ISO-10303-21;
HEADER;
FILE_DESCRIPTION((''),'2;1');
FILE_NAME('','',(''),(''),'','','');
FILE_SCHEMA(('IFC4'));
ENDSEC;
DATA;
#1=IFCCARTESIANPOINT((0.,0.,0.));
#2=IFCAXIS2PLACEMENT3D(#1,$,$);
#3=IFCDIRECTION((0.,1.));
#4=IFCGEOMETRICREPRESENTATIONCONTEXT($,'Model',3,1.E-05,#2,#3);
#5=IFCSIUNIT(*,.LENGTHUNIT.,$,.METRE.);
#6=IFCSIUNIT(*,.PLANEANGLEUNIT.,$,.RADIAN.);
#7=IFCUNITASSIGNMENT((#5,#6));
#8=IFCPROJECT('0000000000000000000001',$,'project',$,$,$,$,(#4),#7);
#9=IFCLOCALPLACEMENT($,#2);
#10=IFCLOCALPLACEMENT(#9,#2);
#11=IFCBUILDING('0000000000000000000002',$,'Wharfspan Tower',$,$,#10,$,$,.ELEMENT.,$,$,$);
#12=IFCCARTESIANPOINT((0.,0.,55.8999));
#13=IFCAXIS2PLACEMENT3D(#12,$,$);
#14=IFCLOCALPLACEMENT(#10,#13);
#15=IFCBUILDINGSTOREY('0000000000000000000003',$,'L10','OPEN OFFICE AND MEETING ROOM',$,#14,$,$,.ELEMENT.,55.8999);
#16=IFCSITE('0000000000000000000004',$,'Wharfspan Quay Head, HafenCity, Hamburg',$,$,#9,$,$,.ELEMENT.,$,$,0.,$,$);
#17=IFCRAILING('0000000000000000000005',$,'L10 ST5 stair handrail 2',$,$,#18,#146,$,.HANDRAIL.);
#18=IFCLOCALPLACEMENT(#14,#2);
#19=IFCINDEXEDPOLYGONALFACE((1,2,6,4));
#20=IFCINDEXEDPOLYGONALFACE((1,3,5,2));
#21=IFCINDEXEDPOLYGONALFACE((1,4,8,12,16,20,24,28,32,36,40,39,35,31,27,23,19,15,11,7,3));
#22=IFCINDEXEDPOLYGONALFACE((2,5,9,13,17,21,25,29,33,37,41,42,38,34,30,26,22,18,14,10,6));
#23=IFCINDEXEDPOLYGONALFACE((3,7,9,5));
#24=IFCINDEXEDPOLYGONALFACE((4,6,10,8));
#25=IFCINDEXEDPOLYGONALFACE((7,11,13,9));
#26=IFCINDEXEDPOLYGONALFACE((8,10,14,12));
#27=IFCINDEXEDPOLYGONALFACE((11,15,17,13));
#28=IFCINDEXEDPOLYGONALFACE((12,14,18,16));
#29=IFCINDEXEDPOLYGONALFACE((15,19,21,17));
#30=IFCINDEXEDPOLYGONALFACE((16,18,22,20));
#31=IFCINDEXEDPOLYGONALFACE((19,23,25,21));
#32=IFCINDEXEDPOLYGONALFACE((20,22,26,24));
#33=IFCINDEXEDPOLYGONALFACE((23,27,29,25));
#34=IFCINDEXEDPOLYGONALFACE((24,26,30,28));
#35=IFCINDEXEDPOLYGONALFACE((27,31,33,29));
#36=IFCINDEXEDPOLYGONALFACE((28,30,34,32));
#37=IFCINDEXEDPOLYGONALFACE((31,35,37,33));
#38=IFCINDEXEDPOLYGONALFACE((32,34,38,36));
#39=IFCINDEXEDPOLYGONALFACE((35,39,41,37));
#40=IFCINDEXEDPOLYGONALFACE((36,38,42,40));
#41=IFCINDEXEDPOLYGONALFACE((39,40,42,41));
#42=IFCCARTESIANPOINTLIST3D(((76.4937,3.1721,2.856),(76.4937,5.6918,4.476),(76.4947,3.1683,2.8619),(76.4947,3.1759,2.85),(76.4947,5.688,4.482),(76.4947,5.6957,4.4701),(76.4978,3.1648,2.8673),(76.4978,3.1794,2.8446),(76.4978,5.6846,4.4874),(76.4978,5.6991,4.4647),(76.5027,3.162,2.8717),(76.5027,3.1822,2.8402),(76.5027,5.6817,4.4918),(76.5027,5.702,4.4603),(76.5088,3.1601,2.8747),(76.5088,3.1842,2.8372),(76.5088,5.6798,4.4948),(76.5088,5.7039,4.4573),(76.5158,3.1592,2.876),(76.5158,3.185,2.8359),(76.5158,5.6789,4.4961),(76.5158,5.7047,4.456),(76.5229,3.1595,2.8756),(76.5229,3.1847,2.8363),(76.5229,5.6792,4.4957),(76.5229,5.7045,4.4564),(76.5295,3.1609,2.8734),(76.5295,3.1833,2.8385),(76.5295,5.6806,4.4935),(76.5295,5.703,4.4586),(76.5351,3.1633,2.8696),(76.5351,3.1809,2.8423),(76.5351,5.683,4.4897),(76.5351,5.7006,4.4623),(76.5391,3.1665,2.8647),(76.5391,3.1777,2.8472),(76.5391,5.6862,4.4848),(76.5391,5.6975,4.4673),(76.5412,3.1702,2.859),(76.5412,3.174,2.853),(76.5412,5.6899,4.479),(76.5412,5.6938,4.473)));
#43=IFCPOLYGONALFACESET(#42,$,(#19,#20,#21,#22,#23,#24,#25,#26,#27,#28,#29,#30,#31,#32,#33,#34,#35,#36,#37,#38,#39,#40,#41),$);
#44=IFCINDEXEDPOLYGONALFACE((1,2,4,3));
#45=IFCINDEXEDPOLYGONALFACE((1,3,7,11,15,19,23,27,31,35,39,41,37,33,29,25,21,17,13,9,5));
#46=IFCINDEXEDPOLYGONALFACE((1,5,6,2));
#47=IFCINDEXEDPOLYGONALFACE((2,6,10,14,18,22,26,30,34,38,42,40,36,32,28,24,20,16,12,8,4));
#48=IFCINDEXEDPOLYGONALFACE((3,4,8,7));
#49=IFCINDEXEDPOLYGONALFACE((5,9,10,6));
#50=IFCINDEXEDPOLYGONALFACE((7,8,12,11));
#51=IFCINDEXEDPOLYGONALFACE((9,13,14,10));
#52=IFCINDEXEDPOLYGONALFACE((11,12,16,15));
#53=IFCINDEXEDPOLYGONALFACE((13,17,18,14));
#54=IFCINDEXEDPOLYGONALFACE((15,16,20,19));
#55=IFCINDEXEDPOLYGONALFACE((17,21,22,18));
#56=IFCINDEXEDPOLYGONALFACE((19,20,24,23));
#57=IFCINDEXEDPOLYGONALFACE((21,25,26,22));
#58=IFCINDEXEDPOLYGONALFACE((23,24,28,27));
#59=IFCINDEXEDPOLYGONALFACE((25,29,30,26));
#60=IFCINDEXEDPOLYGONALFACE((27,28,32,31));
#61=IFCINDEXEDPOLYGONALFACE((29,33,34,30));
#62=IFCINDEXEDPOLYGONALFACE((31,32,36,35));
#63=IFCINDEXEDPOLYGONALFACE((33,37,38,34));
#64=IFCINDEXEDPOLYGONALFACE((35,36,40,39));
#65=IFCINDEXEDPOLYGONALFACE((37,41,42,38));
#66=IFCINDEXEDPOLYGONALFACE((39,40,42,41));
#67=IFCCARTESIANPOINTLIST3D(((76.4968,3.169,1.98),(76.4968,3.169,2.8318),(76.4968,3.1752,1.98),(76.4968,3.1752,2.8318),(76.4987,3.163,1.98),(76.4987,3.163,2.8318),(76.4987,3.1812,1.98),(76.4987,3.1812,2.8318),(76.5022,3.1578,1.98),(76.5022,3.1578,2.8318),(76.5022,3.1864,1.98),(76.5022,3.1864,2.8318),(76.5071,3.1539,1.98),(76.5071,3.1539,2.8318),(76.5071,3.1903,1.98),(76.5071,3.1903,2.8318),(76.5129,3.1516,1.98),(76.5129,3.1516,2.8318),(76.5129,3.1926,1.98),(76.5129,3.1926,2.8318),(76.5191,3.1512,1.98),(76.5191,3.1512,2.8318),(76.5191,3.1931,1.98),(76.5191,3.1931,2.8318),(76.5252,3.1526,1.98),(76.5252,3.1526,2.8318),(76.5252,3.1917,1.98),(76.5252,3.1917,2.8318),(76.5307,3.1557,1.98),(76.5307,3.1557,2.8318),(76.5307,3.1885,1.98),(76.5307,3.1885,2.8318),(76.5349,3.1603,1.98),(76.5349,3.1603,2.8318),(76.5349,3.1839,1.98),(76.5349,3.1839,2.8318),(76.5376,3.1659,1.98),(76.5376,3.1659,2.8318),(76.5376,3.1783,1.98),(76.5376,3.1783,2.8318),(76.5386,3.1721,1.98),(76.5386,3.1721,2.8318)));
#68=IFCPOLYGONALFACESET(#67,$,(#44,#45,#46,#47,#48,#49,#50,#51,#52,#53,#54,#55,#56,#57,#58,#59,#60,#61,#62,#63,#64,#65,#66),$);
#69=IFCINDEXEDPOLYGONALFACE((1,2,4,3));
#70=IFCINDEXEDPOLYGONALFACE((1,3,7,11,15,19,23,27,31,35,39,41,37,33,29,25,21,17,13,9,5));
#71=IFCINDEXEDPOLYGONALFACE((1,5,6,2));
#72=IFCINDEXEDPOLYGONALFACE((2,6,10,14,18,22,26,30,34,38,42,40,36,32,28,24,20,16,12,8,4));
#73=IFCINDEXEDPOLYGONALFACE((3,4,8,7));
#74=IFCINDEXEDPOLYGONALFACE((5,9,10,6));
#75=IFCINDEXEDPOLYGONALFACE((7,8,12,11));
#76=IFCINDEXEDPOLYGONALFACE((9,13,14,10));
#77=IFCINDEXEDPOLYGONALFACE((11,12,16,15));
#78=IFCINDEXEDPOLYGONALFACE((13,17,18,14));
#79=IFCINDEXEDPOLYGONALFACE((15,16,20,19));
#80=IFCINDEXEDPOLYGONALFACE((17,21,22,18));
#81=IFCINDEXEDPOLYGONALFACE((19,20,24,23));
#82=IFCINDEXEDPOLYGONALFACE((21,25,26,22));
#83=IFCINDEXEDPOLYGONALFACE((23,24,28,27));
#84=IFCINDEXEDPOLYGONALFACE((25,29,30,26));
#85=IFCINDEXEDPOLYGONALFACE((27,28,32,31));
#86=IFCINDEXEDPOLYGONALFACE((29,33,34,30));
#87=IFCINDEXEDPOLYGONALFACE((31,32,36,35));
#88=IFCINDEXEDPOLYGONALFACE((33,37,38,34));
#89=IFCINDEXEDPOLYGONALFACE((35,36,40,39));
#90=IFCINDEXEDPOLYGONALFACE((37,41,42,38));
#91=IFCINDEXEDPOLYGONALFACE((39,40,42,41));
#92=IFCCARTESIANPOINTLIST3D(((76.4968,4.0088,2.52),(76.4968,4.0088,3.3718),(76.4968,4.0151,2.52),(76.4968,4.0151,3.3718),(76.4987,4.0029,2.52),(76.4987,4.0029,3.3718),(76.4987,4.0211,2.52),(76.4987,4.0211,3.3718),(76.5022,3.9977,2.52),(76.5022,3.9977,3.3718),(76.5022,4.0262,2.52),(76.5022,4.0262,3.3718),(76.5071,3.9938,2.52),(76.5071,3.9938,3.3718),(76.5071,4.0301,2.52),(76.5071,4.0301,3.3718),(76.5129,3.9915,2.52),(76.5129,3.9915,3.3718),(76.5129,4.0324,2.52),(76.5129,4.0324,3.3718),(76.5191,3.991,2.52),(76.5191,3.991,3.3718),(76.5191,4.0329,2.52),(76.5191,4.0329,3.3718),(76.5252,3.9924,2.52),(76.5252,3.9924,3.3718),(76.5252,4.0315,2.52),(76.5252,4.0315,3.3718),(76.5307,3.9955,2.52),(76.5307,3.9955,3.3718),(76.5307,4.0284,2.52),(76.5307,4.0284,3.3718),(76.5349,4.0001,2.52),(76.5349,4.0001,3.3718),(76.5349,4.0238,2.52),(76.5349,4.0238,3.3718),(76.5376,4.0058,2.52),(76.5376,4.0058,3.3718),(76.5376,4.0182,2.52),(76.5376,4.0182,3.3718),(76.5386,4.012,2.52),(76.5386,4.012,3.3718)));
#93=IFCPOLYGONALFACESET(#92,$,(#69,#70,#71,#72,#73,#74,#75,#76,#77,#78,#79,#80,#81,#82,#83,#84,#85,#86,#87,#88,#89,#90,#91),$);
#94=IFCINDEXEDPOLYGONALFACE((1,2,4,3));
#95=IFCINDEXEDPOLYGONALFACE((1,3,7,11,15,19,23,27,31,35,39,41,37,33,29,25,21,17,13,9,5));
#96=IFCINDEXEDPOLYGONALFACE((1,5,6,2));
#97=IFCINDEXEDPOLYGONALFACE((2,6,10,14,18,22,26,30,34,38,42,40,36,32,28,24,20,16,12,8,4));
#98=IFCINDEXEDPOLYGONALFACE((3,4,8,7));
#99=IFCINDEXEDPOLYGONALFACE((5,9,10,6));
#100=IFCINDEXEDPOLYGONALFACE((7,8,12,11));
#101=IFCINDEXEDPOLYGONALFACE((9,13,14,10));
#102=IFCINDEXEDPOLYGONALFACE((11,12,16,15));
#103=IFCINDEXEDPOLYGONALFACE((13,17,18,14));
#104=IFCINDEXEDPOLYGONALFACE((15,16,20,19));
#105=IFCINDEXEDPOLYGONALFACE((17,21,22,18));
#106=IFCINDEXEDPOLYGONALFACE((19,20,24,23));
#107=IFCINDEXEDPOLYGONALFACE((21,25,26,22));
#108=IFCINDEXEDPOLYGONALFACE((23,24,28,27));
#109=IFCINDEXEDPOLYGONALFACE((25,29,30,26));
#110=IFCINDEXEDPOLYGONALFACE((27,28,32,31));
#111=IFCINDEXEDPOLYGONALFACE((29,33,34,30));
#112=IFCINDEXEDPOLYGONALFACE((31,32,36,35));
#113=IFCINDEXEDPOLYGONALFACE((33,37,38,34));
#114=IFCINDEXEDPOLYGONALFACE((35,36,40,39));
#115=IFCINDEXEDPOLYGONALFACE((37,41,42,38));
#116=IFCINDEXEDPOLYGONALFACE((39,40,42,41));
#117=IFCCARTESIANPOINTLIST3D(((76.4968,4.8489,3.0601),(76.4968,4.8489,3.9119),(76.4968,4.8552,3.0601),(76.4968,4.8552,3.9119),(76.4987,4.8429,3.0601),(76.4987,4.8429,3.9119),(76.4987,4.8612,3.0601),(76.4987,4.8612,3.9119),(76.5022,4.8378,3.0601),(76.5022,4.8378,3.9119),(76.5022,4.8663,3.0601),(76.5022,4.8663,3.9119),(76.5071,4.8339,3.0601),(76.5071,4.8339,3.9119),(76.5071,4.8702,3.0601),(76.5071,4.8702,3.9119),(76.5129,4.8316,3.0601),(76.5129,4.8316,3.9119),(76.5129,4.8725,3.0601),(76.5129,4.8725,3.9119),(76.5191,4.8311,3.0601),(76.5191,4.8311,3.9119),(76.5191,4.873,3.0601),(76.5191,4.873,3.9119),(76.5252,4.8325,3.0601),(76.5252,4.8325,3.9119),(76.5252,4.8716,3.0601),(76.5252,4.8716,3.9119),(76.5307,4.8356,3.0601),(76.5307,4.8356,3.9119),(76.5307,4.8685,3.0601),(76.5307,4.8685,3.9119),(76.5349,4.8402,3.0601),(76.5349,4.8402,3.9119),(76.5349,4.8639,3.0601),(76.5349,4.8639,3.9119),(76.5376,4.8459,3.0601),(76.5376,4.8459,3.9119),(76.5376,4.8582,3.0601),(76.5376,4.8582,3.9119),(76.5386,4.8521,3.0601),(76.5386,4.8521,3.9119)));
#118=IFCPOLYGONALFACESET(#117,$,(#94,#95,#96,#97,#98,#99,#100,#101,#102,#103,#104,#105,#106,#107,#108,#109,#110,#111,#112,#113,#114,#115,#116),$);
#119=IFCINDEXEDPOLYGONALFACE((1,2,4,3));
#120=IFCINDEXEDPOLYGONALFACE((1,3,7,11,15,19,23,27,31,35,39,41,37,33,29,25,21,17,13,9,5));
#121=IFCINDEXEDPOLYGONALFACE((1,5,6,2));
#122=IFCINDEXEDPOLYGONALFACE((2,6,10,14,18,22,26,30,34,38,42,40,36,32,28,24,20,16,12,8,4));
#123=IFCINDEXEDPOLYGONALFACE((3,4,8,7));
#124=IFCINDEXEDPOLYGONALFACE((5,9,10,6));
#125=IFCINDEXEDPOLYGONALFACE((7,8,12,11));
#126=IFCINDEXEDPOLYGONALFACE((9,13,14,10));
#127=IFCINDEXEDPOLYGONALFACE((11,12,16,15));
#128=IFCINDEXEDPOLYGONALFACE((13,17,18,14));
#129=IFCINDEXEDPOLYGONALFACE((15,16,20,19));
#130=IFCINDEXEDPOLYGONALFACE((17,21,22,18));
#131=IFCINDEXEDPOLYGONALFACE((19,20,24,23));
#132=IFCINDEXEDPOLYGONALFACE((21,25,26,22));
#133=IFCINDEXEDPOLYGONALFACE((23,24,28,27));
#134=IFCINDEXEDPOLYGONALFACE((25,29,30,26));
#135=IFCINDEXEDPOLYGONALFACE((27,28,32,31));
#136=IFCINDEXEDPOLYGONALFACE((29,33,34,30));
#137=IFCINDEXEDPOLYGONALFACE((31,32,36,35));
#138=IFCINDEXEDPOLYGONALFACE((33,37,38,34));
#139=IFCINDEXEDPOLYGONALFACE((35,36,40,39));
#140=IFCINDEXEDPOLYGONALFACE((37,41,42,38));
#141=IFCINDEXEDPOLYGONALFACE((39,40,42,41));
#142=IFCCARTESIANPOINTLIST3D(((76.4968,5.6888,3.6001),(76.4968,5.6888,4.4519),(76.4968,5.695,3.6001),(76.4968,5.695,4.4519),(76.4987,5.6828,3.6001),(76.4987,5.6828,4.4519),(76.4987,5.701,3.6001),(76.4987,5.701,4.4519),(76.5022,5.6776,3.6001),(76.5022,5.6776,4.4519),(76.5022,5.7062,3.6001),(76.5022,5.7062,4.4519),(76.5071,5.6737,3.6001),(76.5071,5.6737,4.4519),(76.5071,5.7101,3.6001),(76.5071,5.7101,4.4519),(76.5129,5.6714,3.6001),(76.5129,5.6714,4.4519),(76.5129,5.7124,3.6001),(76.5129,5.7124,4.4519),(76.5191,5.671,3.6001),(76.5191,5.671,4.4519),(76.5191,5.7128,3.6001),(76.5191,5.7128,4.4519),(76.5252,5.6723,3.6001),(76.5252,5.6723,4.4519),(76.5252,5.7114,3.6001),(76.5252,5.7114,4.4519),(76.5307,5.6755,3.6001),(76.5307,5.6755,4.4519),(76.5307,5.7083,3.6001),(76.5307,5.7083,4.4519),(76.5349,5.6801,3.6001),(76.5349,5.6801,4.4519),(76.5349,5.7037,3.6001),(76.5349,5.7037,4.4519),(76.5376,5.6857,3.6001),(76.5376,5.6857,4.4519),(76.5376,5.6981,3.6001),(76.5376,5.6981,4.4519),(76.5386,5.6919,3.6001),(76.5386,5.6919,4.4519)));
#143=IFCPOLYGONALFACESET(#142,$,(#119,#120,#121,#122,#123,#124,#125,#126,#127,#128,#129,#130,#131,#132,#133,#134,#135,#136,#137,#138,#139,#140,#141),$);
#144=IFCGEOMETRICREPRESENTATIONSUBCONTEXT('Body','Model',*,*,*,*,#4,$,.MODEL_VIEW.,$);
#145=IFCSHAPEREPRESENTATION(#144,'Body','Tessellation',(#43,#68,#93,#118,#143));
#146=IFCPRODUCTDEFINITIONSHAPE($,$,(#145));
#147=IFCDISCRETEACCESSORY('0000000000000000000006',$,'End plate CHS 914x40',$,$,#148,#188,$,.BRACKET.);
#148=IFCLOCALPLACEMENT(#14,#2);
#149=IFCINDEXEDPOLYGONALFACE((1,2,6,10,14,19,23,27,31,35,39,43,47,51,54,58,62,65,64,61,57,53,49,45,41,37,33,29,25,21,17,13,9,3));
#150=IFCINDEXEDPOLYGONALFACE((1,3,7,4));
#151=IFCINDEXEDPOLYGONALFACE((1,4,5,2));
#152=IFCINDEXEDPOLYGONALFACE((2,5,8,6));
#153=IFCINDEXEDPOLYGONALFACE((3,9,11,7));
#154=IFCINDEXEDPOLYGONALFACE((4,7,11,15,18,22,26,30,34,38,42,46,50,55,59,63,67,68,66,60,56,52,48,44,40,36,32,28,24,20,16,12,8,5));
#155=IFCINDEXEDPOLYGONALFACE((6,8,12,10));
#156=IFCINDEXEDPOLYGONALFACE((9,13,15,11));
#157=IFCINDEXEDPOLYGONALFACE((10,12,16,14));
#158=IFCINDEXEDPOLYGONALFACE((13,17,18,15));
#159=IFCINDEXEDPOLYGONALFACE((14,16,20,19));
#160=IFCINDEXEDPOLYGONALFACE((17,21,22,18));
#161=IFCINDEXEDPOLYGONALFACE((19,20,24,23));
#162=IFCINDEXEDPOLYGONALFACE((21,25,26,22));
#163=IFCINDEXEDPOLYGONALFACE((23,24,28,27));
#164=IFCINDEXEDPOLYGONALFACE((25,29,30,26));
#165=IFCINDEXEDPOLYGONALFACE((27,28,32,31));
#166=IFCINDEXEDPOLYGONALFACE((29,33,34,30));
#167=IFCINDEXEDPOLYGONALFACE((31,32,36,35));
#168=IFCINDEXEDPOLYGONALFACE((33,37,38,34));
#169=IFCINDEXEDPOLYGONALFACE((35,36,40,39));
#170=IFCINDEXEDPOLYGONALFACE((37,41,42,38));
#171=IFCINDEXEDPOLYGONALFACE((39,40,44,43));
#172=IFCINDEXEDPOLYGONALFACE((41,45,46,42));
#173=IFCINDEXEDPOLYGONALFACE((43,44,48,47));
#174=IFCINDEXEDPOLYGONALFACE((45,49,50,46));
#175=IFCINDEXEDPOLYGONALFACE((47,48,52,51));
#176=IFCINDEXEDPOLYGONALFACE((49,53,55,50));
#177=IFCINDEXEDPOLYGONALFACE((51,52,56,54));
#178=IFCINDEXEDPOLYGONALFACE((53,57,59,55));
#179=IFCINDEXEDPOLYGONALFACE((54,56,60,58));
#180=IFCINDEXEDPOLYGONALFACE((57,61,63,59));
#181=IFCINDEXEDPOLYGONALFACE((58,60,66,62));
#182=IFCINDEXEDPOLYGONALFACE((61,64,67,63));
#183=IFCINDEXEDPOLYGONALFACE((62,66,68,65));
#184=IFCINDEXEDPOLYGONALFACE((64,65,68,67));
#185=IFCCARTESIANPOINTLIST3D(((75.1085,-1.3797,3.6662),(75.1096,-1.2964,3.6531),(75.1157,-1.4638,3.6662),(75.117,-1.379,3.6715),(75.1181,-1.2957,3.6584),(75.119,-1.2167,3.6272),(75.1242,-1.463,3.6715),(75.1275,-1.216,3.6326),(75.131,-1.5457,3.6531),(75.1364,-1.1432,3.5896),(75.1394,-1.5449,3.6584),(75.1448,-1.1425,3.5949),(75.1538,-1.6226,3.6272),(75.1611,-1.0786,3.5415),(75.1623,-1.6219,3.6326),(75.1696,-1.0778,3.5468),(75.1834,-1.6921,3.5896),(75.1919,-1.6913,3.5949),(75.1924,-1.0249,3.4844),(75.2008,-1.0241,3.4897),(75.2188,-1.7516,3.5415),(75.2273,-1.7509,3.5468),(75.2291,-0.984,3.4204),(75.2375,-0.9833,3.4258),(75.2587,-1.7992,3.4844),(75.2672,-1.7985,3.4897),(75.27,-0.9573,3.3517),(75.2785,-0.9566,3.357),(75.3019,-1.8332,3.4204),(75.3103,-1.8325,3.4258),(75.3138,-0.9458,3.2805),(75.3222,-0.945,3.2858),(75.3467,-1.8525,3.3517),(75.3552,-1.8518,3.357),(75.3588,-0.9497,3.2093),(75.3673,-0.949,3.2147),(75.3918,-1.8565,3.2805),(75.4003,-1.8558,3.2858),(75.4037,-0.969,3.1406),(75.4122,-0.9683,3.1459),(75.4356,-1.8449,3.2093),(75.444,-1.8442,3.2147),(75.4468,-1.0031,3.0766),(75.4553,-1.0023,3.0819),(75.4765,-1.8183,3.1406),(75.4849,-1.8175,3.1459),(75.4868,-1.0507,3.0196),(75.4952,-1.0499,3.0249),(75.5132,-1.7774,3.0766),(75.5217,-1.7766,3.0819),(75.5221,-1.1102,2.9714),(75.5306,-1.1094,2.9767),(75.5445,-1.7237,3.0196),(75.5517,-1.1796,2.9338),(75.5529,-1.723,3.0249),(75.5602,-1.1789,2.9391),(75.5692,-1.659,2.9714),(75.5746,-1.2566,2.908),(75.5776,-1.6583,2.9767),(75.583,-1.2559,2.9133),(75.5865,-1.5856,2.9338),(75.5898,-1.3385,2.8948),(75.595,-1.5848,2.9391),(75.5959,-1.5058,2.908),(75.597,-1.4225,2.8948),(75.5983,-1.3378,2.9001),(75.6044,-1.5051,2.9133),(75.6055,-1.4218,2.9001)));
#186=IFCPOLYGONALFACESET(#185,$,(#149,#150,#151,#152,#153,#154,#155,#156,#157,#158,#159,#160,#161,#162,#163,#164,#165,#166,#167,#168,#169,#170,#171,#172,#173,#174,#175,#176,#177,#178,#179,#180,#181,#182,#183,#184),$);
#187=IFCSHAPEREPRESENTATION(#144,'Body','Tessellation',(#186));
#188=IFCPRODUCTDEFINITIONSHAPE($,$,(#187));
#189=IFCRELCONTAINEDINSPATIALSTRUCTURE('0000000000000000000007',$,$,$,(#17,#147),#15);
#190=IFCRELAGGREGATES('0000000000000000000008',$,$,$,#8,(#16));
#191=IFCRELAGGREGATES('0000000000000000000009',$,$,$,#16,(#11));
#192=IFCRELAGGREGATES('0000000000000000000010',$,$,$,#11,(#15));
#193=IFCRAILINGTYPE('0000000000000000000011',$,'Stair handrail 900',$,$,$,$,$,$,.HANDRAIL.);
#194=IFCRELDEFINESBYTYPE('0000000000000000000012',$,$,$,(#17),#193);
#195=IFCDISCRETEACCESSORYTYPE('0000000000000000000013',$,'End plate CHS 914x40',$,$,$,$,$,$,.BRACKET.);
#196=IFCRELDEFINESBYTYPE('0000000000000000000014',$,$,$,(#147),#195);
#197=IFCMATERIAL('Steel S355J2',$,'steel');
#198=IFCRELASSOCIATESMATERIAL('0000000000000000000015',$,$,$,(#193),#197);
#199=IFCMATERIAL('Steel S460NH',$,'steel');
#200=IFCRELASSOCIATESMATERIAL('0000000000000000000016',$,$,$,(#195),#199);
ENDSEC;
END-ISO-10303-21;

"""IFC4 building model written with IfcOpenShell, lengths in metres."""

from ifc_helpers import new_model, si_unit, direction, frame, origin, origin_2d, place, context, subcontext, project, spatial, circle, extrude, material, material_profile, profile_set, type_object, element, save


model = new_model("IFC4")

# Units and contexts
model_context = context("Model", 3, precision=1e-05, world=origin(), true_north=direction((0.0, 1.0)))
body_context = subcontext(model_context, "Body", "Model", "MODEL_VIEW")
ifc_project = project(units=[si_unit("LENGTHUNIT", "METRE"), si_unit("PLANEANGLEUNIT", "RADIAN")], contexts=[model_context])

# Site, building, storey
site_placement = place(None, origin())
site = spatial("IfcSite", under=ifc_project, at=site_placement, Name="Wharfspan Quay Head, HafenCity, Hamburg", CompositionType="ELEMENT", RefElevation=0.0)
building_placement = place(site_placement, origin())
building = spatial("IfcBuilding", under=site, at=building_placement, Name="Wharfspan Tower", CompositionType="ELEMENT")
storey_placement = place(building_placement, frame((0.0, 0.0, 55.8999)))
storey = spatial("IfcBuildingStorey", under=building, at=storey_placement, Name="L10", Description="OPEN OFFICE AND MEETING ROOM", CompositionType="ELEMENT", Elevation=55.8999)

# Shared definitions
ifc_material_1 = material(Name="Steel S460NH", Category="steel")

# Railing
ifc_material_2 = material(Name="Steel S355J2", Category="steel")
railing_type_1 = type_object("IfcRailingType", Name="Stair handrail 900", PredefinedType="HANDRAIL", material=ifc_material_2)
railing_1_placement = place(storey_placement, frame((76.5176, 3.1721, 1.98)))
element("IfcRailing", 1, at=railing_1_placement, inside=storey, type_object=railing_type_1, Name="L10 ST5 stair handrail 2", PredefinedType="HANDRAIL", context=body_context, shape_type="SweptSolid", body=[
    extrude(circle(Radius=0.0239, at=origin_2d()), frame((0.0, 0.0, 0.876), z_axis=(0.0, 0.841139, 0.540819), x_axis=(-1.0, 0.0, 0.0)), (0.0, 0.0, 1.0), 2.9956),
    extrude(circle(Radius=0.021, at=origin_2d()), origin(), (0.0, 0.0, 1.0), 0.8518),
    extrude(circle(Radius=0.021, at=origin_2d()), frame((0.0, 0.8398, 0.54)), (0.0, 0.0, 1.0), 0.8518),
    extrude(circle(Radius=0.021, at=origin_2d()), frame((0.0, 1.6799, 1.0801)), (0.0, 0.0, 1.0), 0.8518),
    extrude(circle(Radius=0.021, at=origin_2d()), frame((0.0, 2.5198, 1.6201)), (0.0, 0.0, 1.0), 0.8518),
])

# Discrete accessory
ifc_material_profile_1 = material_profile(ifc_material_1, circle(Radius=0.457, at=origin_2d()))
ifc_profile_set_1 = profile_set([ifc_material_profile_1], Name="Steel S460NH")
discrete_accessory_type = type_object("IfcDiscreteAccessoryType", Name="End plate CHS 914x40", PredefinedType="BRACKET", material=ifc_profile_set_1)
for number, where, z_axis, x_axis, name in (
    (2, (75.3528, -1.4011, 3.2805), (0.844416, 0.072379, 0.530776), (-0.085402, 0.99635, 0.0), "End plate CHS 914x40"),
):
    element("IfcDiscreteAccessory", number, at=place(storey_placement, frame(where, z_axis=z_axis, x_axis=x_axis)), inside=storey, type_object=discrete_accessory_type, Name=name, PredefinedType="BRACKET", context=body_context, shape_type="SweptSolid", body=[
        extrude(circle(Radius=0.457, at=origin_2d()), origin(), (0.0, 0.0, 1.0), 0.01),
    ])

save(model, "model.ifc")
